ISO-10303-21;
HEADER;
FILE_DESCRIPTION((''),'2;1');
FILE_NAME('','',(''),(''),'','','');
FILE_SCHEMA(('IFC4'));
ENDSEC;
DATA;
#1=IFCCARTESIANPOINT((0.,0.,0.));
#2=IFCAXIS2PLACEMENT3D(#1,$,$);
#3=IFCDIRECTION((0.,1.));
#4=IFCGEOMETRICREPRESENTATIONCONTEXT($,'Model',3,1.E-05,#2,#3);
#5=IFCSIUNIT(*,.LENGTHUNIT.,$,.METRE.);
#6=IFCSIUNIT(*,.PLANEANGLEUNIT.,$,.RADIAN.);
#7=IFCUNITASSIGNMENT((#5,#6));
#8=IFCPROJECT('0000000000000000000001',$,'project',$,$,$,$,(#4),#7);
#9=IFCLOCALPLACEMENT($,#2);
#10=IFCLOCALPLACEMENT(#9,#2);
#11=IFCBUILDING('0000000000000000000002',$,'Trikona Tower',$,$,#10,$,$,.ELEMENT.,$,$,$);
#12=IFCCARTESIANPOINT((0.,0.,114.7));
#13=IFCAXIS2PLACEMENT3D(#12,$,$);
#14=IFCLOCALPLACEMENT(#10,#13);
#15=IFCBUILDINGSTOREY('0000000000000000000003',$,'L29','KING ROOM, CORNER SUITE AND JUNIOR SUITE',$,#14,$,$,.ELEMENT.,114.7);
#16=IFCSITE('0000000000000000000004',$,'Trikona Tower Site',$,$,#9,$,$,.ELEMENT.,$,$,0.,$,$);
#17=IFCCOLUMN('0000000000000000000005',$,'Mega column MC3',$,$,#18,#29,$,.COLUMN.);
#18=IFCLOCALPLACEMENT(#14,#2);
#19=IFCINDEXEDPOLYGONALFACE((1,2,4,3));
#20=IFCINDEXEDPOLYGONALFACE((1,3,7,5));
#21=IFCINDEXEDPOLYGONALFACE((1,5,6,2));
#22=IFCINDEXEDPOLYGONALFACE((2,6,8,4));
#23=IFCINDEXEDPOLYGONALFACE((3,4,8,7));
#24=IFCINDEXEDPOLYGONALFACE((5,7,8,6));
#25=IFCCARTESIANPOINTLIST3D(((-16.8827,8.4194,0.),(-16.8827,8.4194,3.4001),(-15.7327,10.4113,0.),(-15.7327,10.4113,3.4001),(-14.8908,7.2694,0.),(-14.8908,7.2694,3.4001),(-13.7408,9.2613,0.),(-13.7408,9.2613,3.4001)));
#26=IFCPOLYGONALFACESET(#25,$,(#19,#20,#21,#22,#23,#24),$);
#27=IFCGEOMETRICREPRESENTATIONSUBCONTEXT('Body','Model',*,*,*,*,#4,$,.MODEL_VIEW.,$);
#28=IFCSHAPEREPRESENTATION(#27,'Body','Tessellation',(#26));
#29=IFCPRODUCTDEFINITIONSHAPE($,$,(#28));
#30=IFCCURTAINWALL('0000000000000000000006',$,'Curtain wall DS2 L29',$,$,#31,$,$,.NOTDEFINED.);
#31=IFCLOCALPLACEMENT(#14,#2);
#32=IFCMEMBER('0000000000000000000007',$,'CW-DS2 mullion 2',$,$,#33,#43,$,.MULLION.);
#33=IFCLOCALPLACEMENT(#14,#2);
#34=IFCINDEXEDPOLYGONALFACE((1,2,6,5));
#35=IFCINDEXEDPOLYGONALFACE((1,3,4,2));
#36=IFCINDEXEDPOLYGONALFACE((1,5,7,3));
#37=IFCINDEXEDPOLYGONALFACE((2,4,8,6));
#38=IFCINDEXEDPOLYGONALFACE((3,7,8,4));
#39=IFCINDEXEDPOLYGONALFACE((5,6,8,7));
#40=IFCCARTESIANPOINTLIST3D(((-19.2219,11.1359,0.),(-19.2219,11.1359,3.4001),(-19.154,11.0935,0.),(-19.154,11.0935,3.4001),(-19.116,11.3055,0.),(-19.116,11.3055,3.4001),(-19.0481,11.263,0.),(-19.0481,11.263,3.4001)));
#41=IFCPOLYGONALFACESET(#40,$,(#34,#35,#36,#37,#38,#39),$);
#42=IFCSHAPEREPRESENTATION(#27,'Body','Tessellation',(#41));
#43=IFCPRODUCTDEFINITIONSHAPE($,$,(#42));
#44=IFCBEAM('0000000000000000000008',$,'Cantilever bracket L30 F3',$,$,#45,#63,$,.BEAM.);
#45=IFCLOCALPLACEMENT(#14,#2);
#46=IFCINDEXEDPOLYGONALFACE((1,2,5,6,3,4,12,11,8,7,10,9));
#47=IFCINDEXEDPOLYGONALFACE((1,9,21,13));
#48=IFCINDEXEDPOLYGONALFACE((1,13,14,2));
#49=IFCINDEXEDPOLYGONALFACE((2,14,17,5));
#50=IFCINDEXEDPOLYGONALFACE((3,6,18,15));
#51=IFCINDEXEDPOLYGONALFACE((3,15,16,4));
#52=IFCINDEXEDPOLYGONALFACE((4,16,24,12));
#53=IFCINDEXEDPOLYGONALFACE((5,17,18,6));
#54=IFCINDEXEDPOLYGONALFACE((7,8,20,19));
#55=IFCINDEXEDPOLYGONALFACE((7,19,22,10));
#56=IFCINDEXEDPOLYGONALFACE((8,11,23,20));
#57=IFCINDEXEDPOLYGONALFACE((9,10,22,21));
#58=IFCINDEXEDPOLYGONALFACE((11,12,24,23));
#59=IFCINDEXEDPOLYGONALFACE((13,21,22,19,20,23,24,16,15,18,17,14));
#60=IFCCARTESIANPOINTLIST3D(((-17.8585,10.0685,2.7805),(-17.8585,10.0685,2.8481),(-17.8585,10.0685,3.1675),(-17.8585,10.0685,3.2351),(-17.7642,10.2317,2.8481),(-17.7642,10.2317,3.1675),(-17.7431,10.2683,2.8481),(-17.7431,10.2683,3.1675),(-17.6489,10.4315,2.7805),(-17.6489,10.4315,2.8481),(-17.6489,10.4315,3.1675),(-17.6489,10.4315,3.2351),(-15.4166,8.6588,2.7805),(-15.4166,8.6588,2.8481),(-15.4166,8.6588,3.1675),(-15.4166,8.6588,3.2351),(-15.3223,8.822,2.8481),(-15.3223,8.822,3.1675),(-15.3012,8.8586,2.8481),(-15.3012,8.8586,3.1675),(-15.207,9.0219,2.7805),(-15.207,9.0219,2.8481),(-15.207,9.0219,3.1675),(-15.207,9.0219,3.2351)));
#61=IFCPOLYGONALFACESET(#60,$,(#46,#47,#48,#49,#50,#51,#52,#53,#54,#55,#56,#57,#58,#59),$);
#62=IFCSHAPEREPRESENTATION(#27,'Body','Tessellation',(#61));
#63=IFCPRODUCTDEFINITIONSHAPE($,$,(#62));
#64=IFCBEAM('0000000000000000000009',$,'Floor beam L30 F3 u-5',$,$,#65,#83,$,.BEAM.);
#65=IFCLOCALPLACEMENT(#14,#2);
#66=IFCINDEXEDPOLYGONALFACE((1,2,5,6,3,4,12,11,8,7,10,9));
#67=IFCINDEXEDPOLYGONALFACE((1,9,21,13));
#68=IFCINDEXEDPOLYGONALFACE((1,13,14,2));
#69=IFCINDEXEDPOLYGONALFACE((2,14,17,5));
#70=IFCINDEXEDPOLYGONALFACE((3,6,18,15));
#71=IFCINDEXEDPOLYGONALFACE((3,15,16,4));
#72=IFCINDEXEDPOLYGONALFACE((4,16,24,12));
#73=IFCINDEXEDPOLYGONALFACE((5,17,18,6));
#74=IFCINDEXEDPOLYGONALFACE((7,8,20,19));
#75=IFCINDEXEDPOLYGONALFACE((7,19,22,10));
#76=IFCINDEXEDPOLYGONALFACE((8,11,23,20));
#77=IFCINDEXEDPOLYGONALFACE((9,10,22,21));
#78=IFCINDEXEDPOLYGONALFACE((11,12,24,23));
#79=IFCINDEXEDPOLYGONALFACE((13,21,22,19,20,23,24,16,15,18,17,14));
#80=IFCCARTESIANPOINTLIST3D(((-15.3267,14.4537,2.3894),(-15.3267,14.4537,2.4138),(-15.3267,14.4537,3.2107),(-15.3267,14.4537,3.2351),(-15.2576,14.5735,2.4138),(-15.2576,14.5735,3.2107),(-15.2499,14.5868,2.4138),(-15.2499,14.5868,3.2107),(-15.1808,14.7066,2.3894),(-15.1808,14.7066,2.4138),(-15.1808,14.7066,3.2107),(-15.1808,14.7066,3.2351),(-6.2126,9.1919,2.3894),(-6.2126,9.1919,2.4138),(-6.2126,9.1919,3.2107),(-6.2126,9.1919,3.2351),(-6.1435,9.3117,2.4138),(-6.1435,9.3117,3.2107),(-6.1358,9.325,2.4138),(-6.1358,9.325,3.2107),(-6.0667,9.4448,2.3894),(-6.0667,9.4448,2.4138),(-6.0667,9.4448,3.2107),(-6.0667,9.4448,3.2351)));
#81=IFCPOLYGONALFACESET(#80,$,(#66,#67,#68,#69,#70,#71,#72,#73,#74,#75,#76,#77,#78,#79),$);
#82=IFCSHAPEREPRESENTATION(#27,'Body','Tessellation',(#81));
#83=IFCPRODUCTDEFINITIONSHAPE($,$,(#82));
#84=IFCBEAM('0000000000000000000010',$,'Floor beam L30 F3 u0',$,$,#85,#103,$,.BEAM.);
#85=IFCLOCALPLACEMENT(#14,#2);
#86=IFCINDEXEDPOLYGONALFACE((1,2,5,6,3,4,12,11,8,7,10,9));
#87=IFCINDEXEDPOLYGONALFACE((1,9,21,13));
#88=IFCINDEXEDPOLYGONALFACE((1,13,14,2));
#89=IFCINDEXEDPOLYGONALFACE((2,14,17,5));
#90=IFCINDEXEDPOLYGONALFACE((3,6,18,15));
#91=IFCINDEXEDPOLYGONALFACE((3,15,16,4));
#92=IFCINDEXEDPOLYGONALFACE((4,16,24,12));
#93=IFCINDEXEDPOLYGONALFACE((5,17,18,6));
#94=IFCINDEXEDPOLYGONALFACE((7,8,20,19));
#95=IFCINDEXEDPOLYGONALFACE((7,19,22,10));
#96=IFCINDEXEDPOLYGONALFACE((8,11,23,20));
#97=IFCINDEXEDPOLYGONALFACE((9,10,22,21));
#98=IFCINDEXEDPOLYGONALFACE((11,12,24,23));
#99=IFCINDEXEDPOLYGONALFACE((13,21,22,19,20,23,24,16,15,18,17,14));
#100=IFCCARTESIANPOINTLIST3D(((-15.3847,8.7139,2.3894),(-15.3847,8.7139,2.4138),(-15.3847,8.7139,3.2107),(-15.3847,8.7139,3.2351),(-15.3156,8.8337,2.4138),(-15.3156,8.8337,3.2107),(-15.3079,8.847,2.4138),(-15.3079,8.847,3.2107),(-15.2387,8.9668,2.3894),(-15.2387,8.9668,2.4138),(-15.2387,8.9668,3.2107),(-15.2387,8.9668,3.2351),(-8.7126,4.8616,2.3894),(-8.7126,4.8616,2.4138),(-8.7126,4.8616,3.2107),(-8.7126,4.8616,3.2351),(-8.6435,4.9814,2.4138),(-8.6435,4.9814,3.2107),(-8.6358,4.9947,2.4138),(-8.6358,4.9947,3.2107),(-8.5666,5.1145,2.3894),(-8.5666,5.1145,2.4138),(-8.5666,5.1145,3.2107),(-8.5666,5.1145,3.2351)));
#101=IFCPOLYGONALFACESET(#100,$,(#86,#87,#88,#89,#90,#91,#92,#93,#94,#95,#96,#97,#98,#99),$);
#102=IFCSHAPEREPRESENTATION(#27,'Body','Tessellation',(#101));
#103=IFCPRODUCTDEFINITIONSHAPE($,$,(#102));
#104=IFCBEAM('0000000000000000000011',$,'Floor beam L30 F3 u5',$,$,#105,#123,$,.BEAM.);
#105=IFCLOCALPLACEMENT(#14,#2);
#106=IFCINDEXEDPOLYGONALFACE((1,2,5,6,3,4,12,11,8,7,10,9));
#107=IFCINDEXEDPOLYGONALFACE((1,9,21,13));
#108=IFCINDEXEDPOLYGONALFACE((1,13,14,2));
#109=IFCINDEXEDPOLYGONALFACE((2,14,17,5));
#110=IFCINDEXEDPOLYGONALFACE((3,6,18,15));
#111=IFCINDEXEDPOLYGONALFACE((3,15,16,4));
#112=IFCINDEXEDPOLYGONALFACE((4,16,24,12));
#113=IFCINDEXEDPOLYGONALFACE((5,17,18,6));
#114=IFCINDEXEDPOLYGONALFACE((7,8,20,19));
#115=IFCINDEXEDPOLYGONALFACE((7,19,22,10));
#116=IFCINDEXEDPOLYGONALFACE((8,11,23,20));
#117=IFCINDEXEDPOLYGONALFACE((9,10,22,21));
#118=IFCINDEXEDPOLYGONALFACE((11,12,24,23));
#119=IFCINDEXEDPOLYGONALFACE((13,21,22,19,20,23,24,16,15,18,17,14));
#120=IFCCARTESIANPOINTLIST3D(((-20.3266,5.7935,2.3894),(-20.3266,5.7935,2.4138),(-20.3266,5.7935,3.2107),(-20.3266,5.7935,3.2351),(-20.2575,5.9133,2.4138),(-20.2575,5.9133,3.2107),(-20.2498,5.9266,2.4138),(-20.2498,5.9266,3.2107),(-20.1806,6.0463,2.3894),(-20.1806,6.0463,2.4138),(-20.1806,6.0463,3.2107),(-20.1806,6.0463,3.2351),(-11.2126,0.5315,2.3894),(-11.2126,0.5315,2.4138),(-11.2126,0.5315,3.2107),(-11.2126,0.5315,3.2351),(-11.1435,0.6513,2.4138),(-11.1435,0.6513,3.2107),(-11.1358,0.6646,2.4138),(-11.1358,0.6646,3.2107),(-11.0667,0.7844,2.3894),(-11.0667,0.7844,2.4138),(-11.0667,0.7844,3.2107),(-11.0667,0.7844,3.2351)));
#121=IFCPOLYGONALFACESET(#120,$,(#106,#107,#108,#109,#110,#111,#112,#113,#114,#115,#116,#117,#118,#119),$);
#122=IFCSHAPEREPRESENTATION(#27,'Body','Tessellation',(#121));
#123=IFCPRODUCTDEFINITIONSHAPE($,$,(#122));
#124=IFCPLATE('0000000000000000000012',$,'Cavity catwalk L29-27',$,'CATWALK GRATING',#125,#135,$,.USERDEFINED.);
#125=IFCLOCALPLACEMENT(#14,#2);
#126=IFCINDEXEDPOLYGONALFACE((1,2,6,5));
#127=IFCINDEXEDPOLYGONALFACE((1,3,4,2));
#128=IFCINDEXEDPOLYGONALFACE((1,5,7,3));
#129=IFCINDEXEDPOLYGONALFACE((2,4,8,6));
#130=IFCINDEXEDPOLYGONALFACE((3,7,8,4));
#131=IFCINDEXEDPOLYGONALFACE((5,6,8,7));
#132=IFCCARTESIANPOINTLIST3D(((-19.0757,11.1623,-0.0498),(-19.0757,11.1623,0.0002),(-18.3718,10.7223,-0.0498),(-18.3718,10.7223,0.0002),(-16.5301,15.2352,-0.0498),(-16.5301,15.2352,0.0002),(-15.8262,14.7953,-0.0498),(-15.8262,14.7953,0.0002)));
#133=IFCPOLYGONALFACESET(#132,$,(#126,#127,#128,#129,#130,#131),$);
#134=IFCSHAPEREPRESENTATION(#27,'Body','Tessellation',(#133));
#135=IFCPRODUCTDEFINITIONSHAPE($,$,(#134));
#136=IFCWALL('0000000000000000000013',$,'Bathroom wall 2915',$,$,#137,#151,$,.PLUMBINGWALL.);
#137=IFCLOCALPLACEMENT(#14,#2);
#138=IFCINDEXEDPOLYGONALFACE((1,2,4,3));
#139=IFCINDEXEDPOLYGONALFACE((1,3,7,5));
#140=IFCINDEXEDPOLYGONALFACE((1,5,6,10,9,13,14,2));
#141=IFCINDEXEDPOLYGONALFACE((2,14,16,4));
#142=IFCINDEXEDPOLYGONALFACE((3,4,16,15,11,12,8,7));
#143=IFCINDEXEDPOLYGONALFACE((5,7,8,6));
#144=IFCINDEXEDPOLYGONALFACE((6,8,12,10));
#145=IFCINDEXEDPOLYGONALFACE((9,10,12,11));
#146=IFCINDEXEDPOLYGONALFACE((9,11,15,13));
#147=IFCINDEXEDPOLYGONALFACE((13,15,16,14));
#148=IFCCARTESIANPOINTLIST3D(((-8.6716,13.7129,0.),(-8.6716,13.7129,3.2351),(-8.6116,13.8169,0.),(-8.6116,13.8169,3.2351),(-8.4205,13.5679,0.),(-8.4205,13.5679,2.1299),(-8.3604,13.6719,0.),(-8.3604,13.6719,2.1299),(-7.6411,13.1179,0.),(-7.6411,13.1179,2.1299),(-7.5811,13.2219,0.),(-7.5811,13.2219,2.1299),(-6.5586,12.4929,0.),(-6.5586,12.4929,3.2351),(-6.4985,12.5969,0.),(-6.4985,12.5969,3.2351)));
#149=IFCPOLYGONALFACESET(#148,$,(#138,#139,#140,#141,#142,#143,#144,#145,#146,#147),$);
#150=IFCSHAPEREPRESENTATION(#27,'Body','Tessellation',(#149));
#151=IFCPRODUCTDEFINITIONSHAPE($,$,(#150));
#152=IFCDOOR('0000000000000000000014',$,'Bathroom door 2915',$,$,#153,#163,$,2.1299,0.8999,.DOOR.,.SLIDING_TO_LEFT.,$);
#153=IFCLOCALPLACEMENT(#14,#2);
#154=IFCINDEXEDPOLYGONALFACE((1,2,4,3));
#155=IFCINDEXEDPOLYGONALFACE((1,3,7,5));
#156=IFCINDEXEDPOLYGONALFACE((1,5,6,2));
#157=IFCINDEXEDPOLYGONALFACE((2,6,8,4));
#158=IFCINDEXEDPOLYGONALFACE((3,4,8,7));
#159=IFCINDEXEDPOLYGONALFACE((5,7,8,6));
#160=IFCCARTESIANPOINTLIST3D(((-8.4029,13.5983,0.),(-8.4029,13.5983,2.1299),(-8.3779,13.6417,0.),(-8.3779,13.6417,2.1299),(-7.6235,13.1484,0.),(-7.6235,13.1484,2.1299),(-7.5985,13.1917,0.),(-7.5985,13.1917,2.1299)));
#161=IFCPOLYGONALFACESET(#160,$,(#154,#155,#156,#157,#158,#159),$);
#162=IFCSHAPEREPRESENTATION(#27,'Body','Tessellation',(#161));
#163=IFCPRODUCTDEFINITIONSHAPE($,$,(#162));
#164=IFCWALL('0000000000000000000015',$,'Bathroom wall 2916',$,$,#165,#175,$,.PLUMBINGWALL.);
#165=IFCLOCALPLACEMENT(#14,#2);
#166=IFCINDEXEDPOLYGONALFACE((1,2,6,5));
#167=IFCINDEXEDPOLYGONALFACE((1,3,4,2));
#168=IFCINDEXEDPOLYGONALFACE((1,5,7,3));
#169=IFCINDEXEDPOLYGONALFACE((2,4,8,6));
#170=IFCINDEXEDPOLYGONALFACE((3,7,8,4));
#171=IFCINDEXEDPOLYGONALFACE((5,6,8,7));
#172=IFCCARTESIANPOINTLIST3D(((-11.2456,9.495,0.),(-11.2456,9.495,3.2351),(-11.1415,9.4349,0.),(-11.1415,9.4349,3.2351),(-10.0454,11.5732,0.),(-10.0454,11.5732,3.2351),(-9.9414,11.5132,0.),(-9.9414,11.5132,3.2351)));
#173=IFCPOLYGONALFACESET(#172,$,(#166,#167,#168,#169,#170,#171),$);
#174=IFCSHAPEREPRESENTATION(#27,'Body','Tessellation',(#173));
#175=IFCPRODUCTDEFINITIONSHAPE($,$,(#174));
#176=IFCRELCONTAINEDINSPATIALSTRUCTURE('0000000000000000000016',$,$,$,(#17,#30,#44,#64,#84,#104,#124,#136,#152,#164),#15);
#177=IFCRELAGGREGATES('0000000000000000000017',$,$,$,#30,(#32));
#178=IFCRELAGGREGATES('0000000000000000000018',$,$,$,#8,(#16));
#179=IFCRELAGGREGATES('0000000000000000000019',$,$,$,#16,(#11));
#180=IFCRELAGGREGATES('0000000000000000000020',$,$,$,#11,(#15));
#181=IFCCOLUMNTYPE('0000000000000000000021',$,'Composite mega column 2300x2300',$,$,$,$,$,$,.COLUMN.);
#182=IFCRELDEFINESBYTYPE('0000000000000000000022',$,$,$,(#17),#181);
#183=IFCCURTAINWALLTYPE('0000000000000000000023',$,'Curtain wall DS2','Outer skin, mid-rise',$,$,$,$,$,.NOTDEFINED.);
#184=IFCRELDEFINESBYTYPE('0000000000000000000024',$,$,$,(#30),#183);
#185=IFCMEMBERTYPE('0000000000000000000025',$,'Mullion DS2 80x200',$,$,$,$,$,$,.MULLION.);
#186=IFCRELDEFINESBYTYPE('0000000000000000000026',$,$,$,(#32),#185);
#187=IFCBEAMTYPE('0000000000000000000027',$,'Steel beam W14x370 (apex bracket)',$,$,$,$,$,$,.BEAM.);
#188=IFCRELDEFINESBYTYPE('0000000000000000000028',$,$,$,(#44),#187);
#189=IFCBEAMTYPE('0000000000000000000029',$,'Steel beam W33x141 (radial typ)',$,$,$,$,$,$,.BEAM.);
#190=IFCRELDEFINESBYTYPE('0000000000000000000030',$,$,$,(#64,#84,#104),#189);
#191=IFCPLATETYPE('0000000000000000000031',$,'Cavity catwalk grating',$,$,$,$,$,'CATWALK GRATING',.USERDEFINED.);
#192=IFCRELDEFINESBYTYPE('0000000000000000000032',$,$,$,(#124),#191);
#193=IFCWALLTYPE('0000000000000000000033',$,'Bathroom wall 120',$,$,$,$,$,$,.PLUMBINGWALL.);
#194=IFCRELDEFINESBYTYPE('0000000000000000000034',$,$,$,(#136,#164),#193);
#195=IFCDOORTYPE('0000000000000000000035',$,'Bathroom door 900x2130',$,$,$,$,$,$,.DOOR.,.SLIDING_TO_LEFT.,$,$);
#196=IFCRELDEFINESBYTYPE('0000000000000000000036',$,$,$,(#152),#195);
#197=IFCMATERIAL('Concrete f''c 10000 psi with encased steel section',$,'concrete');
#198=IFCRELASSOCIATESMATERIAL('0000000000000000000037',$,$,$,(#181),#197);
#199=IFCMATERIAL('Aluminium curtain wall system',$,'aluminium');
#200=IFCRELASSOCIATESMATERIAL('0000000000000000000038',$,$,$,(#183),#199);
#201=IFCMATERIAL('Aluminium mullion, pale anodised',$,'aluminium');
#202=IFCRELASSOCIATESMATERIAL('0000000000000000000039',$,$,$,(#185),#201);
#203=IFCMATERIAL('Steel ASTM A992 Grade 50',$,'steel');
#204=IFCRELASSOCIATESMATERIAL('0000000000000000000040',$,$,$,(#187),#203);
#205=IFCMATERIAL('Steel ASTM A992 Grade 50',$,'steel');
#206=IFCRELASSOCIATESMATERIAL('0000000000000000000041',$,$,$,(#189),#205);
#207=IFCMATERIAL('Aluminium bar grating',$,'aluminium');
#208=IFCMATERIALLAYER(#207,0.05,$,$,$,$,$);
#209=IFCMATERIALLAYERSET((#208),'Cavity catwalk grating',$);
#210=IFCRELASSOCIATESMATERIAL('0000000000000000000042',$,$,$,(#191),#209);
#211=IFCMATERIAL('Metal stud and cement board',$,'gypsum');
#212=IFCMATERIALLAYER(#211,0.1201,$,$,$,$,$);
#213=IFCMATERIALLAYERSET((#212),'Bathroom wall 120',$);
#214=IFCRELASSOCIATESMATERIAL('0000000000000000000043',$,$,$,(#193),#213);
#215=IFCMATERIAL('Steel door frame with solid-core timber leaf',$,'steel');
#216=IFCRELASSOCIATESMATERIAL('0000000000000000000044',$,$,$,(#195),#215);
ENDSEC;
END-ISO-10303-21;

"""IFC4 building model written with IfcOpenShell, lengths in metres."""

from ifc_helpers import new_model, si_unit, direction, frame, frame_2d, origin, origin_2d, place, context, subcontext, project, spatial, rectangle, i_section, extrude, material, layer, layer_set, material_profile, profile_set, type_object, element, fill, aggregate, save


model = new_model("IFC4")

# Units and contexts
model_context = context("Model", 3, precision=1e-05, world=origin(), true_north=direction((0.0, 1.0)))
body_context = subcontext(model_context, "Body", "Model", "MODEL_VIEW")
ifc_project = project(units=[si_unit("LENGTHUNIT", "METRE"), si_unit("PLANEANGLEUNIT", "RADIAN")], contexts=[model_context])

# Site, building, storey
site_placement = place(None, origin())
site = spatial("IfcSite", under=ifc_project, at=site_placement, Name="Trikona Tower Site", CompositionType="ELEMENT", RefElevation=0.0)
building_placement = place(site_placement, origin())
building = spatial("IfcBuilding", under=site, at=building_placement, Name="Trikona Tower", CompositionType="ELEMENT")
storey_placement = place(building_placement, frame((0.0, 0.0, 114.7)))
storey = spatial("IfcBuildingStorey", under=building, at=storey_placement, Name="L29", Description="KING ROOM, CORNER SUITE AND JUNIOR SUITE", CompositionType="ELEMENT", Elevation=114.7)

# Column
ifc_material_1 = material(Name="Concrete f'c 10000 psi with encased steel section", Category="concrete")
ifc_material_profile_1 = material_profile(ifc_material_1, rectangle(XDim=2.3, YDim=2.3, at=origin_2d()), Name="MC2300")
ifc_profile_set_1 = profile_set([ifc_material_profile_1], Name="Concrete f'c 10000 psi with encased steel section")
column_type = type_object("IfcColumnType", Name="Composite mega column 2300x2300", PredefinedType="COLUMN", material=ifc_profile_set_1)
column_placement = place(storey_placement, frame((-15.3118, 8.8403, 0.0), z_axis=(0.0, 0.0, 1.0), x_axis=(-0.866025, 0.5, 0.0)))
element("IfcColumn", 1, at=column_placement, inside=storey, type_object=column_type, Name="Mega column MC3", PredefinedType="COLUMN", context=body_context, shape_type="SweptSolid", body=[
    extrude(rectangle(XDim=2.3, YDim=2.3, at=origin_2d()), origin(), (0.0, 0.0, 1.0), 3.4001),
])

# Curtain wall, member
ifc_material_2 = material(Name="Aluminium curtain wall system", Category="aluminium")
curtain_wall_type = type_object("IfcCurtainWallType", Name="Curtain wall DS2", Description="Outer skin, mid-rise", PredefinedType="NOTDEFINED", material=ifc_material_2)
curtain_wall_placement = place(storey_placement, origin())
curtain_wall = element("IfcCurtainWall", 2, at=curtain_wall_placement, inside=storey, type_object=curtain_wall_type, Name="Curtain wall DS2 L29", PredefinedType="NOTDEFINED")
ifc_material_3 = material(Name="Aluminium mullion, pale anodised", Category="aluminium")
ifc_material_profile_2 = material_profile(ifc_material_3, rectangle(XDim=0.0801, YDim=0.2, at=origin_2d()), Name="MUL-DS2")
ifc_profile_set_2 = profile_set([ifc_material_profile_2], Name="Aluminium mullion, pale anodised")
member_type = type_object("IfcMemberType", Name="Mullion DS2 80x200", PredefinedType="MULLION", material=ifc_profile_set_2)
member_placement = place(storey_placement, frame((-19.135, 11.1995, 0.0), z_axis=(0.0, 0.0, 1.0), x_axis=(0.847998, -0.529999, 0.0)))
member = element("IfcMember", 3, at=member_placement, type_object=member_type, Name="CW-DS2 mullion 2", PredefinedType="MULLION", context=body_context, shape_type="SweptSolid", body=[
    extrude(rectangle(XDim=0.0801, YDim=0.2, at=origin_2d()), origin(), (0.0, 0.0, 1.0), 3.4001),
])
aggregate(curtain_wall, [member])

# Beams
ifc_material_4 = material(Name="Steel ASTM A992 Grade 50", Category="steel")
ifc_material_profile_3 = material_profile(ifc_material_4, i_section(OverallWidth=0.4192, OverallDepth=0.4546, WebThickness=0.0422, FlangeThickness=0.0676, at=origin_2d()), Name="W14X370")
ifc_profile_set_3 = profile_set([ifc_material_profile_3], Name="Steel ASTM A992 Grade 50")
beam_type_1 = type_object("IfcBeamType", Name="Steel beam W14x370 (apex bracket)", PredefinedType="BEAM", material=ifc_profile_set_3)
beam_1_placement = place(storey_placement, frame((-15.3118, 8.8403, 3.0078), z_axis=(-0.86605, 0.499957, 0.0), x_axis=(-0.499957, -0.86605, 0.0)))
element("IfcBeam", 4, at=beam_1_placement, inside=storey, type_object=beam_type_1, Name="Cantilever bracket L30 F3", PredefinedType="BEAM", context=body_context, shape_type="SweptSolid", body=[
    extrude(i_section(OverallWidth=0.4192, OverallDepth=0.4546, WebThickness=0.0422, FlangeThickness=0.0676, at=origin_2d()), origin(), (0.0, 0.0, 1.0), 2.8196),
])
ifc_material_5 = material(Name="Steel ASTM A992 Grade 50", Category="steel")
ifc_material_profile_4 = material_profile(ifc_material_5, i_section(OverallWidth=0.292, OverallDepth=0.8457, WebThickness=0.0154, FlangeThickness=0.0244, at=origin_2d()), Name="W33X141")
ifc_profile_set_4 = profile_set([ifc_material_profile_4], Name="Steel ASTM A992 Grade 50")
beam_type_2 = type_object("IfcBeamType", Name="Steel beam W33x141 (radial typ)", PredefinedType="BEAM", material=ifc_profile_set_4)
beam_2_placement = place(storey_placement, frame((-6.1396, 9.3184, 2.8123), z_axis=(-0.866036, 0.499982, 0.0), x_axis=(-0.499982, -0.866036, 0.0)))
element("IfcBeam", 5, at=beam_2_placement, inside=storey, type_object=beam_type_2, Name="Floor beam L30 F3 u-5", PredefinedType="BEAM", context=body_context, shape_type="SweptSolid", body=[
    extrude(i_section(OverallWidth=0.292, OverallDepth=0.8457, WebThickness=0.0154, FlangeThickness=0.0244, at=origin_2d()), origin(), (0.0, 0.0, 1.0), 10.5239),
])
beam_3_placement = place(storey_placement, frame((-8.6396, 4.988, 2.8123), z_axis=(-0.866017, 0.500014, 0.0), x_axis=(-0.500014, -0.866017, 0.0)))
element("IfcBeam", 6, at=beam_3_placement, inside=storey, type_object=beam_type_2, Name="Floor beam L30 F3 u0", PredefinedType="BEAM", context=body_context, shape_type="SweptSolid", body=[
    extrude(i_section(OverallWidth=0.292, OverallDepth=0.8457, WebThickness=0.0154, FlangeThickness=0.0244, at=origin_2d()), origin(), (0.0, 0.0, 1.0), 7.7043),
])
beam_4_placement = place(storey_placement, frame((-11.1396, 0.658, 2.8123), z_axis=(-0.866026, 0.499999, 0.0), x_axis=(-0.499999, -0.866026, 0.0)))
element("IfcBeam", 7, at=beam_4_placement, inside=storey, type_object=beam_type_2, Name="Floor beam L30 F3 u5", PredefinedType="BEAM", context=body_context, shape_type="SweptSolid", body=[
    extrude(i_section(OverallWidth=0.292, OverallDepth=0.8457, WebThickness=0.0154, FlangeThickness=0.0244, at=origin_2d()), origin(), (0.0, 0.0, 1.0), 10.5239),
])

# Plate
ifc_material_6 = material(Name="Aluminium bar grating", Category="aluminium")
ifc_layer_1 = layer(ifc_material_6, 0.05)
ifc_layer_set_1 = layer_set([ifc_layer_1], Name="Cavity catwalk grating")
plate_type = type_object("IfcPlateType", Name="Cavity catwalk grating", ElementType="CATWALK GRATING", PredefinedType="USERDEFINED", material=ifc_layer_set_1)
plate_placement = place(storey_placement, frame((-17.4509, 12.9788, -0.0498), z_axis=(0.0, 0.0, 1.0), x_axis=(-0.529995, -0.848001, 0.0)))
element("IfcPlate", 8, at=plate_placement, inside=storey, type_object=plate_type, Name="Cavity catwalk L29-27", ObjectType="CATWALK GRATING", PredefinedType="USERDEFINED", context=body_context, shape_type="SweptSolid", body=[
    extrude(rectangle(XDim=4.803, YDim=0.8301, at=origin_2d()), origin(), (0.0, 0.0, 1.0), 0.05),
])

# Wall, opening, door
ifc_material_7 = material(Name="Metal stud and cement board", Category="gypsum")
ifc_layer_2 = layer(ifc_material_7, 0.1201)
ifc_layer_set_2 = layer_set([ifc_layer_2], Name="Bathroom wall 120")
wall_type_1 = type_object("IfcWallType", Name="Bathroom wall 120", PredefinedType="PLUMBINGWALL", material=ifc_layer_set_2)
wall_1_placement = place(storey_placement, frame((-6.5286, 12.5449, 0.0), z_axis=(0.0, 0.0, 1.0), x_axis=(-0.866024, 0.500003, 0.0)))
wall_1 = element("IfcWall", 9, at=wall_1_placement, inside=storey, type_object=wall_type_1, Name="Bathroom wall 2915", PredefinedType="PLUMBINGWALL", context=body_context, shape_type="SweptSolid", body=[
    extrude(rectangle(XDim=2.4399, YDim=0.1201, at=frame_2d((1.22, 0.0))), origin(), (0.0, 0.0, 1.0), 3.2351),
])
opening_1_placement = place(wall_1_placement, frame((1.25, 0.0, 0.0)))
opening_1 = element("IfcOpeningElement", 10, at=opening_1_placement, cuts=wall_1, PredefinedType="OPENING", context=body_context, shape_type="SweptSolid", body=[
    extrude(rectangle(XDim=0.8999, YDim=2.1299, at=frame_2d((0.45, 1.0649))), frame((0.0, 0.0701, 0.0), z_axis=(0.0, -1.0, 0.0), x_axis=(1.0, 0.0, 0.0)), (0.0, 0.0, 1.0), 0.1401),
])
ifc_material_8 = material(Name="Steel door frame with solid-core timber leaf", Category="steel")
door_type_1 = type_object("IfcDoorType", Name="Bathroom door 900x2130", OperationType="SLIDING_TO_LEFT", PredefinedType="DOOR", material=ifc_material_8)
door_1_placement = place(opening_1_placement, origin())
door_1 = element("IfcDoor", 11, at=door_1_placement, inside=storey, type_object=door_type_1, Name="Bathroom door 2915", OperationType="SLIDING_TO_LEFT", OverallHeight=2.1299, OverallWidth=0.8999, PredefinedType="DOOR", context=body_context, shape_type="SweptSolid", body=[
    extrude(rectangle(XDim=0.8999, YDim=2.1299, at=frame_2d((0.45, 1.0649))), frame((0.0, 0.0249, 0.0), z_axis=(0.0, -1.0, 0.0), x_axis=(1.0, 0.0, 0.0)), (0.0, 0.0, 1.0), 0.05),
])
fill(opening_1, door_1)

# Wall
wall_2_placement = place(storey_placement, frame((-9.9934, 11.5432, 0.0), z_axis=(0.0, 0.0, 1.0), x_axis=(-0.500078, -0.865981, 0.0)))
element("IfcWall", 12, at=wall_2_placement, inside=storey, type_object=wall_type_1, Name="Bathroom wall 2916", PredefinedType="PLUMBINGWALL", context=body_context, shape_type="SweptSolid", body=[
    extrude(rectangle(XDim=2.3999, YDim=0.1201, at=frame_2d((1.2, 0.0))), origin(), (0.0, 0.0, 1.0), 3.2351),
])

save(model, "model.ifc")
